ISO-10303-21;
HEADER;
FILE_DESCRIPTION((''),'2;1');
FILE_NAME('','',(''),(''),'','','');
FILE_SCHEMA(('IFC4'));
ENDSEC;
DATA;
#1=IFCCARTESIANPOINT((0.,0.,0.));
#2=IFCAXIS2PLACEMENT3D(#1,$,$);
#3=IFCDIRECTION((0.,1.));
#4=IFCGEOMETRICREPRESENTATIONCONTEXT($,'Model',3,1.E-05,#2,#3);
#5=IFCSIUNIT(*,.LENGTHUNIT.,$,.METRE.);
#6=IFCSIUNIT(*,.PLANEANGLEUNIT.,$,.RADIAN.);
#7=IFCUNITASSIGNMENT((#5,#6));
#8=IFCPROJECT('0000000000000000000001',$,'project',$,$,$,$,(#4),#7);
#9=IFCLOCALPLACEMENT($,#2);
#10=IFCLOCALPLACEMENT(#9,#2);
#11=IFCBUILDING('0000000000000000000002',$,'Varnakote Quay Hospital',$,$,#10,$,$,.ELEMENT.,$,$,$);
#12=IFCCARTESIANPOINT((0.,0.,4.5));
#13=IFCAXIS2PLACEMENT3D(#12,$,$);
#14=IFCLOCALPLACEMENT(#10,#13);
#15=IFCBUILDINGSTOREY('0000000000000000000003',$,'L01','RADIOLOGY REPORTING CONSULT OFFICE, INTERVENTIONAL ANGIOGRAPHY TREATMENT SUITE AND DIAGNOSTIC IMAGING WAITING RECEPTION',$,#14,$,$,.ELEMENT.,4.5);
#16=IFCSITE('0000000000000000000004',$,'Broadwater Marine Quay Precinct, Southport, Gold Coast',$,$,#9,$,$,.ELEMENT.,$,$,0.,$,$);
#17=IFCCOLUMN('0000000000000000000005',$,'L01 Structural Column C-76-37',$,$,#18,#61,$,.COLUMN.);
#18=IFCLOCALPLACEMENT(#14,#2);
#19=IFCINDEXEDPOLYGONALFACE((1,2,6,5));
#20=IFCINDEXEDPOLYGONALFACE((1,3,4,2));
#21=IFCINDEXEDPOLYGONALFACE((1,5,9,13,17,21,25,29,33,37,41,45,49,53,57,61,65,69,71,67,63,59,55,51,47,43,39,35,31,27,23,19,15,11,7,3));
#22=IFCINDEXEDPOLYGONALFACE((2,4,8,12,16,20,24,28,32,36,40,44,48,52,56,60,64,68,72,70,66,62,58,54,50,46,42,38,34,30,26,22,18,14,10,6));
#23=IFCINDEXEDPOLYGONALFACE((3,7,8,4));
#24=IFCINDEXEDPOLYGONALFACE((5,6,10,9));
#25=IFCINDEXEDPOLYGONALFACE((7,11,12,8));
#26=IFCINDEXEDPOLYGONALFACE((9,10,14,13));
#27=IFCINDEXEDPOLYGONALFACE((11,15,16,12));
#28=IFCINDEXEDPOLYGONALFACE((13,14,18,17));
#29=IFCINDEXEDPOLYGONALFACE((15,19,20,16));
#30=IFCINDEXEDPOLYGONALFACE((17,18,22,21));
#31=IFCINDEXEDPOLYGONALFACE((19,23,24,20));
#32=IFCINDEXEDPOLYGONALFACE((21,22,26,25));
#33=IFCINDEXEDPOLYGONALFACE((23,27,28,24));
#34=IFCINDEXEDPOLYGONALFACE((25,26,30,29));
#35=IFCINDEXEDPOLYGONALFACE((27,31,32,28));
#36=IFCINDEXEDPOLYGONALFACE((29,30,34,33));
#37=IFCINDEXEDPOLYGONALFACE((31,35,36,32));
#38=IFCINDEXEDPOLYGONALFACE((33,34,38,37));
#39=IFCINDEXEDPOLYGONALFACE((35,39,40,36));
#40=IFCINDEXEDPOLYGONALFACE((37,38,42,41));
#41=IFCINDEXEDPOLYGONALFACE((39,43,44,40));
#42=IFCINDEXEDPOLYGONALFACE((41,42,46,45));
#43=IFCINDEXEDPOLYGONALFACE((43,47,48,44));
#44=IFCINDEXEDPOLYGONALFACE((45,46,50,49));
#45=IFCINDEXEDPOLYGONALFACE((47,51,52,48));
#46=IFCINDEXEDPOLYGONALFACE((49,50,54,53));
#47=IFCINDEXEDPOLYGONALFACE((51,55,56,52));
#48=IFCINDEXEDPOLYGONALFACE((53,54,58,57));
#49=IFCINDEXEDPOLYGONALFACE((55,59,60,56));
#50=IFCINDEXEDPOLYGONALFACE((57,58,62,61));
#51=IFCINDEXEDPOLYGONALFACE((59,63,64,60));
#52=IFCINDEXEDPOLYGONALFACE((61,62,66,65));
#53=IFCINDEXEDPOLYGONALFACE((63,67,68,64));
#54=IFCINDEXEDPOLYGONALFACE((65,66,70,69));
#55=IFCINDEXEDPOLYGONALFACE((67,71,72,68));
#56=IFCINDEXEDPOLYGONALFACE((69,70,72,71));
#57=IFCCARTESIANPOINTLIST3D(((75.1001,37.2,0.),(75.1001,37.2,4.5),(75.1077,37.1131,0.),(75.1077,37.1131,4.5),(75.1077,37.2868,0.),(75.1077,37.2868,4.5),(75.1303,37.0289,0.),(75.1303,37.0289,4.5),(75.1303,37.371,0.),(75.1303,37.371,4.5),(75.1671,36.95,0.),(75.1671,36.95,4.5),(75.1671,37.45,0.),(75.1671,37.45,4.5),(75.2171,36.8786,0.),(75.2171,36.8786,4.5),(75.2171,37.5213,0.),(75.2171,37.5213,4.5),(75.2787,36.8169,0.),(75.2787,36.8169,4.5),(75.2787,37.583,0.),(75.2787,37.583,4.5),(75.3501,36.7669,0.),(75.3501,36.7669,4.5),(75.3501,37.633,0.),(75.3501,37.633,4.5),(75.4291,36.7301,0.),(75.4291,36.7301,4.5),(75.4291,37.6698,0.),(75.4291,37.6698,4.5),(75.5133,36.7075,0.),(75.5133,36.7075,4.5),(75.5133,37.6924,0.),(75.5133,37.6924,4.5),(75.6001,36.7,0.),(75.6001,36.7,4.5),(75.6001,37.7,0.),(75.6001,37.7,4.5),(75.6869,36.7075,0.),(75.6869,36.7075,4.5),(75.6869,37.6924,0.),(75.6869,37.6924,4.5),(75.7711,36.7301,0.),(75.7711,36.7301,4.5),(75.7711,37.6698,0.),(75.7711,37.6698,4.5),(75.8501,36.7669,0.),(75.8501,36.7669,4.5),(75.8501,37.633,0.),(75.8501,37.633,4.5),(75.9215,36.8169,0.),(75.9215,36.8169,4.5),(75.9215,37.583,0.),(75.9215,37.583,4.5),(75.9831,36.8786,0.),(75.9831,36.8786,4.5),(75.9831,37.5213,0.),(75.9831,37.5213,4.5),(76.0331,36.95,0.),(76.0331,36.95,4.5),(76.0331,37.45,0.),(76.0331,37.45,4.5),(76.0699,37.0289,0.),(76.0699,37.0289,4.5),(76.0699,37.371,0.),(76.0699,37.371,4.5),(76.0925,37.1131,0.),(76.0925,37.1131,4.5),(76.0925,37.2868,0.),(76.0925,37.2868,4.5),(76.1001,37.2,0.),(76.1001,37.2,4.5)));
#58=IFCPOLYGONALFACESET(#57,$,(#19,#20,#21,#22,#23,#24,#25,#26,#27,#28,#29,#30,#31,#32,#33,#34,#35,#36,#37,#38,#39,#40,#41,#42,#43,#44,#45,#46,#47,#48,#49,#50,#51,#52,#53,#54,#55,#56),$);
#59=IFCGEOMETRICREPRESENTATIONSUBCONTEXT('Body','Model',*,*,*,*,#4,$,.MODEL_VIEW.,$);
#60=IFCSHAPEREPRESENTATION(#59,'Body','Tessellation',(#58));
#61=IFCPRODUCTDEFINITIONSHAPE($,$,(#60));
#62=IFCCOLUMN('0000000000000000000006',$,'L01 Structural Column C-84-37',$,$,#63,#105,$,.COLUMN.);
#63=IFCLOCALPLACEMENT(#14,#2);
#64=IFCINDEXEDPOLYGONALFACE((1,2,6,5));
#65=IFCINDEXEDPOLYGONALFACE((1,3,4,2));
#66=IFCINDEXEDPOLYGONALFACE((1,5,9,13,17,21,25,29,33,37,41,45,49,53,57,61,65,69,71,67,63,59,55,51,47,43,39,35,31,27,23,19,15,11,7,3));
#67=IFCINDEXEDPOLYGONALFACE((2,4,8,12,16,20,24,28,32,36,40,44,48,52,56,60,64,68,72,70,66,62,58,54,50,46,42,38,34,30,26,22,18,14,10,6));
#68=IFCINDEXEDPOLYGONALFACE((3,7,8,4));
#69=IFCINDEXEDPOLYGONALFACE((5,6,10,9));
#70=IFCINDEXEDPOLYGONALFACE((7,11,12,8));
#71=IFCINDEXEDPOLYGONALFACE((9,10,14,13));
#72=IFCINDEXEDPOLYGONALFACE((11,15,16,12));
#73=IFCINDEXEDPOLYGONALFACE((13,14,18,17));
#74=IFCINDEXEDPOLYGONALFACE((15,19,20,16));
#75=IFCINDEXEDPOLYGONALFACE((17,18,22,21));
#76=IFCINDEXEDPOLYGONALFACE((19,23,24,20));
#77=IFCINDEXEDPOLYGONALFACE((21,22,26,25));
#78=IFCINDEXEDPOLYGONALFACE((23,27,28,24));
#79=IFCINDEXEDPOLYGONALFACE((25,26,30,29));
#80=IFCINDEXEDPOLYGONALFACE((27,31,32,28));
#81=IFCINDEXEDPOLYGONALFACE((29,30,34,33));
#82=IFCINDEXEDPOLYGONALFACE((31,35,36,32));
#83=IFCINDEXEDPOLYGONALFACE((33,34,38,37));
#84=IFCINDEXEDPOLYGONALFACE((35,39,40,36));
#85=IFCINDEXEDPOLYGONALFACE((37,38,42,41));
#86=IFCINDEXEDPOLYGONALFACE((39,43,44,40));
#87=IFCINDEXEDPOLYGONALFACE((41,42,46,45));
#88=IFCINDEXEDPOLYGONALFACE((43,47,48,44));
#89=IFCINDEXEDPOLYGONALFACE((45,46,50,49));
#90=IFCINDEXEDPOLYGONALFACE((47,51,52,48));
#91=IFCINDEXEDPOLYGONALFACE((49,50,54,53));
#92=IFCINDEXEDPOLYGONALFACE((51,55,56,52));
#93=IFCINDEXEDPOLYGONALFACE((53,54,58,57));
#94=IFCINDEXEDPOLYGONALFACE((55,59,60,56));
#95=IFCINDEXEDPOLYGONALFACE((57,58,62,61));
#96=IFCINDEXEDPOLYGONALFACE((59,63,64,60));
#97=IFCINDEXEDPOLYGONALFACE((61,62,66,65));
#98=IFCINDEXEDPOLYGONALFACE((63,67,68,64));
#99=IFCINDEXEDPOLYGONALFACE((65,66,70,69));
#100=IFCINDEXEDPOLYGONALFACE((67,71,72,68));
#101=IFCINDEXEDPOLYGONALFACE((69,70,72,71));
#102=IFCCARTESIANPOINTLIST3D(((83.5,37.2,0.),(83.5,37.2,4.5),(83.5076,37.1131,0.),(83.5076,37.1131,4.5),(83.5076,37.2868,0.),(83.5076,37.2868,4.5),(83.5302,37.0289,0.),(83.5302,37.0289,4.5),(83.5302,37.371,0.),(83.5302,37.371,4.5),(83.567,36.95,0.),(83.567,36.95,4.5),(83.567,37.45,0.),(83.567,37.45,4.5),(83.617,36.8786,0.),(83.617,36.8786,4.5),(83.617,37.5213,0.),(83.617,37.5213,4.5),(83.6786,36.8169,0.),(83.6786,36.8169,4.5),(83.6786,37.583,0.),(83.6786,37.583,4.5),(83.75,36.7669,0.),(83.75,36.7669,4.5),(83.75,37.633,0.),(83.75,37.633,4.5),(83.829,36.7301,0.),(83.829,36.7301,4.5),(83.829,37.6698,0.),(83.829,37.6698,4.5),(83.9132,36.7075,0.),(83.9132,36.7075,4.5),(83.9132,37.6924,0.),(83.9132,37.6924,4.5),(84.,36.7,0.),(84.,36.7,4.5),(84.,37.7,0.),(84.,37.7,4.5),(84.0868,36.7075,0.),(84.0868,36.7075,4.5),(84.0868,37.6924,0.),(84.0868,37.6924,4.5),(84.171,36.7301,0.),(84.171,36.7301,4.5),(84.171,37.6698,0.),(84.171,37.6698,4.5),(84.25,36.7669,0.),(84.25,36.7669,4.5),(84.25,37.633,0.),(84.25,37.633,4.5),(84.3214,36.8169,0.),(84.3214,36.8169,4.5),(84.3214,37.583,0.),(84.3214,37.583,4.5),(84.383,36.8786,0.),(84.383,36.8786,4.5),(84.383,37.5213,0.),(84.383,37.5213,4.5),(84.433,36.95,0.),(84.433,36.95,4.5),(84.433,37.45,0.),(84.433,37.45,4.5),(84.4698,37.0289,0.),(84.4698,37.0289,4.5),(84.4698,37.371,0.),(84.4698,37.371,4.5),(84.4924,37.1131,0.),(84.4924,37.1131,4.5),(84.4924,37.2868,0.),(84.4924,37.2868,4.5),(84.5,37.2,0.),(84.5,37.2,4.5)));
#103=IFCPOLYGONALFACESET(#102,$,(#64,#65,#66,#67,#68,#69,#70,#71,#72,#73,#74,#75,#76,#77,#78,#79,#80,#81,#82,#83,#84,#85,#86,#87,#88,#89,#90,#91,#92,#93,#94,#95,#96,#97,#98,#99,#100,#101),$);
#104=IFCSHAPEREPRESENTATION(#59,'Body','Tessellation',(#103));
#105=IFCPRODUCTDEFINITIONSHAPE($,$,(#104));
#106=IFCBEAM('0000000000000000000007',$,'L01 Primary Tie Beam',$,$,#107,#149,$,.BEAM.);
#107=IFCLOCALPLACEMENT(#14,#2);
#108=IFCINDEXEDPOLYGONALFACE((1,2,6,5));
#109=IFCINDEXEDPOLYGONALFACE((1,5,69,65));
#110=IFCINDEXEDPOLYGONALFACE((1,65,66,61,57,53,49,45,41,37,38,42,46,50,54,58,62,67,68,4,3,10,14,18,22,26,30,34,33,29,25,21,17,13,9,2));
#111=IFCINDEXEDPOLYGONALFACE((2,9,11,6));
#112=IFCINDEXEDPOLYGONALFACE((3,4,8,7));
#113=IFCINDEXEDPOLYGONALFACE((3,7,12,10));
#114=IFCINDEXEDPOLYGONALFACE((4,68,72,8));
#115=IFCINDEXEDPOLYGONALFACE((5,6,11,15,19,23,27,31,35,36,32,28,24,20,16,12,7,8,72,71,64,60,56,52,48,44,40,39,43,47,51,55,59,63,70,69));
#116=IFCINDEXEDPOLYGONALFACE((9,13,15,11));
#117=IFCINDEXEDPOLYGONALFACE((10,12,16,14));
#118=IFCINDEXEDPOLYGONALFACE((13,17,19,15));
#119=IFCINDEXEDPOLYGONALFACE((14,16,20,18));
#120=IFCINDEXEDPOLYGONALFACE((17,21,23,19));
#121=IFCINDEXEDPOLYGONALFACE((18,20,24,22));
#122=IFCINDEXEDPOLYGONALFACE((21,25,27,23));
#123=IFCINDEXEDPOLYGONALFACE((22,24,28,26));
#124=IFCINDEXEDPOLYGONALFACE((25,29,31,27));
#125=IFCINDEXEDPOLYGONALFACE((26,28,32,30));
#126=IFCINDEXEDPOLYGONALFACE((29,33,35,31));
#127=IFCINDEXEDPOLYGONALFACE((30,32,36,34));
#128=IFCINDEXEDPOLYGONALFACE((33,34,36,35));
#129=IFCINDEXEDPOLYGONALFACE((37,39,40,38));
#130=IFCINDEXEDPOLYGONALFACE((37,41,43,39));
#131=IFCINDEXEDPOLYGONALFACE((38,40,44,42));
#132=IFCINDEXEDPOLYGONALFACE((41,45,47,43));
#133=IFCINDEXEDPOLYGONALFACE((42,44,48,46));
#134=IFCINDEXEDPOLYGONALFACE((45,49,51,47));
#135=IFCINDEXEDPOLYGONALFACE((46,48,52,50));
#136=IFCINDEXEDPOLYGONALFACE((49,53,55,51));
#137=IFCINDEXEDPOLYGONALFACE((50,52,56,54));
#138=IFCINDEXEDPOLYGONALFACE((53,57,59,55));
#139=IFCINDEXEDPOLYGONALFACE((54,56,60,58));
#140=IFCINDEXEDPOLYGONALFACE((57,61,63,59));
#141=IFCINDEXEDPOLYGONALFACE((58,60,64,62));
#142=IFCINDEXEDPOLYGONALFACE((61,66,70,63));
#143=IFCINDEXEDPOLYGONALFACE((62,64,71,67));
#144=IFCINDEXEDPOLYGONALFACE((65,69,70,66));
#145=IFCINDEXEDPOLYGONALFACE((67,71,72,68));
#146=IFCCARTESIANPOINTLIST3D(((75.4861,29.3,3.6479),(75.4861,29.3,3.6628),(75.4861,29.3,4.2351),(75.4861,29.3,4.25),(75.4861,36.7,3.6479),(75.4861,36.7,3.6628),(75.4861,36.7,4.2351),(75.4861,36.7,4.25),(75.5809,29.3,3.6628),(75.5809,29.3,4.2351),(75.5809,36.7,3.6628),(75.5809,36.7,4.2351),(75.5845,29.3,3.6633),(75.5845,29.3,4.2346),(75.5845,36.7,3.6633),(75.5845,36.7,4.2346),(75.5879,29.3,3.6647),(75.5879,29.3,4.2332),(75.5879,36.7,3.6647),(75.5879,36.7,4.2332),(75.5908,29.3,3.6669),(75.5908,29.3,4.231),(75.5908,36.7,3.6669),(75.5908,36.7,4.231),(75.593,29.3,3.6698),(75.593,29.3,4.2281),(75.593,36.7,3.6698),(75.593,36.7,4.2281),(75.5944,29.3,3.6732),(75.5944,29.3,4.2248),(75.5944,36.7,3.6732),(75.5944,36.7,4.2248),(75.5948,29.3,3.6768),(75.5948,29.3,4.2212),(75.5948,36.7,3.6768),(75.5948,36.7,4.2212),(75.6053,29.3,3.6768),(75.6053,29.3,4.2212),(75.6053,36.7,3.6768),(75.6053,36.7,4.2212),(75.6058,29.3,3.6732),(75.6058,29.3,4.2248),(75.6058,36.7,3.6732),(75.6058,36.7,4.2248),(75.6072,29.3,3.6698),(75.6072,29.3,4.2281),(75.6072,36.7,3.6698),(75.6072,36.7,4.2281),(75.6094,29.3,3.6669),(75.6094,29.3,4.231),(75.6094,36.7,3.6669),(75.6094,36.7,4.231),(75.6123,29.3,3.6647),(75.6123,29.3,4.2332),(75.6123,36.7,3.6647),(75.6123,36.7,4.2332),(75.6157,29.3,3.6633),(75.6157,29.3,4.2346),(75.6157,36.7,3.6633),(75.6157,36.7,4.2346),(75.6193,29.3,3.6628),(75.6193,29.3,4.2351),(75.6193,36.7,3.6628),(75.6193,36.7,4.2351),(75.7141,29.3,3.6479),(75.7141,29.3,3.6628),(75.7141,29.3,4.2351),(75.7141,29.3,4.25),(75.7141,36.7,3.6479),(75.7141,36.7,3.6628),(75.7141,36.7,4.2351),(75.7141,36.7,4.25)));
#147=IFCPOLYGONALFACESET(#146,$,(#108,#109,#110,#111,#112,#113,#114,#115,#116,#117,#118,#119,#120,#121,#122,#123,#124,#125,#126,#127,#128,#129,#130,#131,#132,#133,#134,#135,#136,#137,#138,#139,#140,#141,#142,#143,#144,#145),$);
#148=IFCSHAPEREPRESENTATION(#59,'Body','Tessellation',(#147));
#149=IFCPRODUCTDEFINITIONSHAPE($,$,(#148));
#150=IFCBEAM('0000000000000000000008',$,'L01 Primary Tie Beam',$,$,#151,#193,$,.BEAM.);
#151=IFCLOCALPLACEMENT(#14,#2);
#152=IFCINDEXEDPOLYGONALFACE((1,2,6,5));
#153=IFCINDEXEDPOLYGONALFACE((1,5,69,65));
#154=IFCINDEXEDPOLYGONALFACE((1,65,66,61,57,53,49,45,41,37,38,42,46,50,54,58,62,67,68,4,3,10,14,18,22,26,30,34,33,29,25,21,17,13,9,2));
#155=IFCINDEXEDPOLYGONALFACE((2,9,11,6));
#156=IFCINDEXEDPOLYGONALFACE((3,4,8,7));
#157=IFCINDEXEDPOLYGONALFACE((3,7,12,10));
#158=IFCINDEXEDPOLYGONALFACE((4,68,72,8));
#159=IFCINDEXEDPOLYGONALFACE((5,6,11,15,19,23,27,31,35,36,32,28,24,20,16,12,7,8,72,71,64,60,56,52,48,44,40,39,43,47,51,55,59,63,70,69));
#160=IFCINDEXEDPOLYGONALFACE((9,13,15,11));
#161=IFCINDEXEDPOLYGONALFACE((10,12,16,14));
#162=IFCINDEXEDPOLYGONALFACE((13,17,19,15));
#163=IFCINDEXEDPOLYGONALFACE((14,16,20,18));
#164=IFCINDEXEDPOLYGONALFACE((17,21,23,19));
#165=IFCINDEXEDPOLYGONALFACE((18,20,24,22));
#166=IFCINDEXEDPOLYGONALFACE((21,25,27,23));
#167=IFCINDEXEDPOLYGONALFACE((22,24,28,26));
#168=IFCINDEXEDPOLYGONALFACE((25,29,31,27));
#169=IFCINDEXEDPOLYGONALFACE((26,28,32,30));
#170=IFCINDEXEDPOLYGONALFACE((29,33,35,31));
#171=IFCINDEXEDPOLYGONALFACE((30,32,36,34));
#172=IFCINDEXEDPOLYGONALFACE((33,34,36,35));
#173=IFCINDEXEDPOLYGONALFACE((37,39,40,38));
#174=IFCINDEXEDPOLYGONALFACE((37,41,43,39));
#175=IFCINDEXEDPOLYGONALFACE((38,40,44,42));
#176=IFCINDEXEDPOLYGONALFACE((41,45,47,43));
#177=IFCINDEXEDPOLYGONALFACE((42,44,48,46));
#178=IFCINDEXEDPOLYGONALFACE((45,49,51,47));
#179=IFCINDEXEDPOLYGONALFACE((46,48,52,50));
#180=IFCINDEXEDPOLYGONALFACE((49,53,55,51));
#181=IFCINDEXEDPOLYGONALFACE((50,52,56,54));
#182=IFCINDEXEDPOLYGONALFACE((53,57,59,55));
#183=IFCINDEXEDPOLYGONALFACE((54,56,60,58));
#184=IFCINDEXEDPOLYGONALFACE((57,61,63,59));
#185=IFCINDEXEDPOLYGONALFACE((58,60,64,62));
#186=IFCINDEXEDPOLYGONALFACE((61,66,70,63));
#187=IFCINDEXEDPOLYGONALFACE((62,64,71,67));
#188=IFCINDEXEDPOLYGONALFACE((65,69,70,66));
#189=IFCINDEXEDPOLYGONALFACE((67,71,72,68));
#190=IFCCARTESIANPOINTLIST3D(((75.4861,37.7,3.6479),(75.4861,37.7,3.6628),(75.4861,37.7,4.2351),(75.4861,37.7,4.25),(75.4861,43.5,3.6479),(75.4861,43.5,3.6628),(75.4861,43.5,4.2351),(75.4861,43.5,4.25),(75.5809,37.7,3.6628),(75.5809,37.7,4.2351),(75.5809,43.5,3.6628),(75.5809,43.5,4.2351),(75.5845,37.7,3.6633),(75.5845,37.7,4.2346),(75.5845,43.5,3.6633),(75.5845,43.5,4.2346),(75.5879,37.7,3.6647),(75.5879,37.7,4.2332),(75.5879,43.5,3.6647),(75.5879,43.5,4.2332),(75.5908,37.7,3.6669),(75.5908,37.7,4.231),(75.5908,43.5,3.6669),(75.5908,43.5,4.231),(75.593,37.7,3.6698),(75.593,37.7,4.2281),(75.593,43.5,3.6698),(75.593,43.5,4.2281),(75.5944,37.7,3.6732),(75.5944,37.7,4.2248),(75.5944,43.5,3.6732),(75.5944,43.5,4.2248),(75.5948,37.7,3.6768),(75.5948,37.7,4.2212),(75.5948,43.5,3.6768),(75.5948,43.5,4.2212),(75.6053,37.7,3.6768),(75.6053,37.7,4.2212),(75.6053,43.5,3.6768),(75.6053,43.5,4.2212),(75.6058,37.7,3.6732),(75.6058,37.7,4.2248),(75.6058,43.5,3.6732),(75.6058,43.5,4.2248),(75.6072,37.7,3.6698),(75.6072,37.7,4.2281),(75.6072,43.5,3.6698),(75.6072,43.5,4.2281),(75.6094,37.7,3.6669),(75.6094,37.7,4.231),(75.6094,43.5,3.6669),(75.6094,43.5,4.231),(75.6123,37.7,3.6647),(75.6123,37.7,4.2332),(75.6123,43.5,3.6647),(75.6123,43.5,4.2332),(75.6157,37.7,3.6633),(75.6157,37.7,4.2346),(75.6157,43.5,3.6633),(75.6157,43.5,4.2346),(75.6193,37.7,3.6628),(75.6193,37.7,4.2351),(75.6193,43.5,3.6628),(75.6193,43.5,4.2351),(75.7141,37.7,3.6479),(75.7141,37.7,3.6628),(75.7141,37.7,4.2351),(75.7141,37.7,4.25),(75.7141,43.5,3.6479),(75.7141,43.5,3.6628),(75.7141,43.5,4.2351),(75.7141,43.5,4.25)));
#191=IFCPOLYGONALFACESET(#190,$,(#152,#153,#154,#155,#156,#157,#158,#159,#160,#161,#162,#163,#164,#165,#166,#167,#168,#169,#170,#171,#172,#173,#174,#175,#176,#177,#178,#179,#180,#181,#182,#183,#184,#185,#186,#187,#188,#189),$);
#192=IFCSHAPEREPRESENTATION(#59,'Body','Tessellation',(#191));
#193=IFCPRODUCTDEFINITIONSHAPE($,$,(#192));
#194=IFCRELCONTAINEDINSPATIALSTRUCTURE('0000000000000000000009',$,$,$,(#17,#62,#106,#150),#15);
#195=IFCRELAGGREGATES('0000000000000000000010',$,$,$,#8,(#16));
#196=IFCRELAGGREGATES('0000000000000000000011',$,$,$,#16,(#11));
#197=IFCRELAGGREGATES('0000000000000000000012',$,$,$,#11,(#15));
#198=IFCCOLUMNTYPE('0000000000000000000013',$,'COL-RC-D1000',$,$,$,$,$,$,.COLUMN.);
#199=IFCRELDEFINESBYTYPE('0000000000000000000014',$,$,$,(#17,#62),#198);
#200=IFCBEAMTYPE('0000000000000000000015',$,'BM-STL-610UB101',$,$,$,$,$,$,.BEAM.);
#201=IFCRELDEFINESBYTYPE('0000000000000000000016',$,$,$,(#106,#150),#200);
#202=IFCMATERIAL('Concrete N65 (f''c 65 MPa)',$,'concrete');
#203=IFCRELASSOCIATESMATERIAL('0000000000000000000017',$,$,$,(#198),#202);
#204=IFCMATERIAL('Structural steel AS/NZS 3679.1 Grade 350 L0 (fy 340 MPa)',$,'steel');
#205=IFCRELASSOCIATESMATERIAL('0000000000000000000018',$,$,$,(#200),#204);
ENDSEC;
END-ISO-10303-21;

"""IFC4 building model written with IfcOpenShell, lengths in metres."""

from ifc_helpers import new_model, si_unit, direction, frame, origin, origin_2d, place, context, subcontext, project, spatial, circle, i_section, extrude, material, material_profile, profile_set, type_object, element, save


model = new_model("IFC4")

# Units and contexts
model_context = context("Model", 3, precision=1e-05, world=origin(), true_north=direction((0.0, 1.0)))
body_context = subcontext(model_context, "Body", "Model", "MODEL_VIEW")
ifc_project = project(units=[si_unit("LENGTHUNIT", "METRE"), si_unit("PLANEANGLEUNIT", "RADIAN")], contexts=[model_context])

# Site, building, storey
site_placement = place(None, origin())
site = spatial("IfcSite", under=ifc_project, at=site_placement, Name="Broadwater Marine Quay Precinct, Southport, Gold Coast", CompositionType="ELEMENT", RefElevation=0.0)
building_placement = place(site_placement, origin())
building = spatial("IfcBuilding", under=site, at=building_placement, Name="Varnakote Quay Hospital", CompositionType="ELEMENT")
storey_placement = place(building_placement, frame((0.0, 0.0, 4.5)))
storey = spatial("IfcBuildingStorey", under=building, at=storey_placement, Name="L01", Description="RADIOLOGY REPORTING CONSULT OFFICE, INTERVENTIONAL ANGIOGRAPHY TREATMENT SUITE AND DIAGNOSTIC IMAGING WAITING RECEPTION", CompositionType="ELEMENT", Elevation=4.5)

# Columns
ifc_material_1 = material(Name="Concrete N65 (f'c 65 MPa)", Category="concrete")
ifc_material_profile_1 = material_profile(ifc_material_1, circle(Radius=0.5, at=origin_2d()), Name="RC-COL-D1000")
ifc_profile_set_1 = profile_set([ifc_material_profile_1], Name="Concrete N65 (f'c 65 MPa)")
column_type = type_object("IfcColumnType", Name="COL-RC-D1000", PredefinedType="COLUMN", material=ifc_profile_set_1)
for number, where, z_axis, x_axis, name in (
    (1, (75.6001, 37.2, 0.0), (0.0, 0.0, 1.0), (1.0, 0.0, 0.0), "L01 Structural Column C-76-37"),
    (2, (84.0, 37.2, 0.0), (0.0, 0.0, 1.0), (1.0, 0.0, 0.0), "L01 Structural Column C-84-37"),
):
    element("IfcColumn", number, at=place(storey_placement, frame(where, z_axis=z_axis, x_axis=x_axis)), inside=storey, type_object=column_type, Name=name, PredefinedType="COLUMN", context=body_context, shape_type="SweptSolid", body=[
        extrude(circle(Radius=0.5, at=origin_2d()), origin(), (0.0, 0.0, 1.0), 4.5),
    ])

# Beams
ifc_material_2 = material(Name="Structural steel AS/NZS 3679.1 Grade 350 L0 (fy 340 MPa)", Category="steel")
ifc_material_profile_2 = material_profile(ifc_material_2, i_section(OverallWidth=0.228, OverallDepth=0.6021, WebThickness=0.0105, FlangeThickness=0.0149, FilletRadius=0.0139, at=origin_2d()), Name="610UB101")
ifc_profile_set_2 = profile_set([ifc_material_profile_2], Name="Structural steel AS/NZS 3679.1 Grade 350 L0 (fy 340 MPa)")
beam_type_1 = type_object("IfcBeamType", Name="BM-STL-610UB101", PredefinedType="BEAM", material=ifc_profile_set_2)
beam_1_placement = place(storey_placement, frame((75.6001, 29.3, 3.949), z_axis=(0.0, 1.0, 0.0), x_axis=(-1.0, 0.0, 0.0)))
element("IfcBeam", 3, at=beam_1_placement, inside=storey, type_object=beam_type_1, Name="L01 Primary Tie Beam", PredefinedType="BEAM", context=body_context, shape_type="SweptSolid", body=[
    extrude(i_section(OverallWidth=0.228, OverallDepth=0.6021, WebThickness=0.0105, FlangeThickness=0.0149, FilletRadius=0.0139, at=origin_2d()), origin(), (0.0, 0.0, 1.0), 7.3999),
])
beam_2_placement = place(storey_placement, frame((75.6001, 37.7, 3.949), z_axis=(0.0, 1.0, 0.0), x_axis=(-1.0, 0.0, 0.0)))
element("IfcBeam", 4, at=beam_2_placement, inside=storey, type_object=beam_type_1, Name="L01 Primary Tie Beam", PredefinedType="BEAM", context=body_context, shape_type="SweptSolid", body=[
    extrude(i_section(OverallWidth=0.228, OverallDepth=0.6021, WebThickness=0.0105, FlangeThickness=0.0149, FilletRadius=0.0139, at=origin_2d()), origin(), (0.0, 0.0, 1.0), 5.8),
])

save(model, "model.ifc")
